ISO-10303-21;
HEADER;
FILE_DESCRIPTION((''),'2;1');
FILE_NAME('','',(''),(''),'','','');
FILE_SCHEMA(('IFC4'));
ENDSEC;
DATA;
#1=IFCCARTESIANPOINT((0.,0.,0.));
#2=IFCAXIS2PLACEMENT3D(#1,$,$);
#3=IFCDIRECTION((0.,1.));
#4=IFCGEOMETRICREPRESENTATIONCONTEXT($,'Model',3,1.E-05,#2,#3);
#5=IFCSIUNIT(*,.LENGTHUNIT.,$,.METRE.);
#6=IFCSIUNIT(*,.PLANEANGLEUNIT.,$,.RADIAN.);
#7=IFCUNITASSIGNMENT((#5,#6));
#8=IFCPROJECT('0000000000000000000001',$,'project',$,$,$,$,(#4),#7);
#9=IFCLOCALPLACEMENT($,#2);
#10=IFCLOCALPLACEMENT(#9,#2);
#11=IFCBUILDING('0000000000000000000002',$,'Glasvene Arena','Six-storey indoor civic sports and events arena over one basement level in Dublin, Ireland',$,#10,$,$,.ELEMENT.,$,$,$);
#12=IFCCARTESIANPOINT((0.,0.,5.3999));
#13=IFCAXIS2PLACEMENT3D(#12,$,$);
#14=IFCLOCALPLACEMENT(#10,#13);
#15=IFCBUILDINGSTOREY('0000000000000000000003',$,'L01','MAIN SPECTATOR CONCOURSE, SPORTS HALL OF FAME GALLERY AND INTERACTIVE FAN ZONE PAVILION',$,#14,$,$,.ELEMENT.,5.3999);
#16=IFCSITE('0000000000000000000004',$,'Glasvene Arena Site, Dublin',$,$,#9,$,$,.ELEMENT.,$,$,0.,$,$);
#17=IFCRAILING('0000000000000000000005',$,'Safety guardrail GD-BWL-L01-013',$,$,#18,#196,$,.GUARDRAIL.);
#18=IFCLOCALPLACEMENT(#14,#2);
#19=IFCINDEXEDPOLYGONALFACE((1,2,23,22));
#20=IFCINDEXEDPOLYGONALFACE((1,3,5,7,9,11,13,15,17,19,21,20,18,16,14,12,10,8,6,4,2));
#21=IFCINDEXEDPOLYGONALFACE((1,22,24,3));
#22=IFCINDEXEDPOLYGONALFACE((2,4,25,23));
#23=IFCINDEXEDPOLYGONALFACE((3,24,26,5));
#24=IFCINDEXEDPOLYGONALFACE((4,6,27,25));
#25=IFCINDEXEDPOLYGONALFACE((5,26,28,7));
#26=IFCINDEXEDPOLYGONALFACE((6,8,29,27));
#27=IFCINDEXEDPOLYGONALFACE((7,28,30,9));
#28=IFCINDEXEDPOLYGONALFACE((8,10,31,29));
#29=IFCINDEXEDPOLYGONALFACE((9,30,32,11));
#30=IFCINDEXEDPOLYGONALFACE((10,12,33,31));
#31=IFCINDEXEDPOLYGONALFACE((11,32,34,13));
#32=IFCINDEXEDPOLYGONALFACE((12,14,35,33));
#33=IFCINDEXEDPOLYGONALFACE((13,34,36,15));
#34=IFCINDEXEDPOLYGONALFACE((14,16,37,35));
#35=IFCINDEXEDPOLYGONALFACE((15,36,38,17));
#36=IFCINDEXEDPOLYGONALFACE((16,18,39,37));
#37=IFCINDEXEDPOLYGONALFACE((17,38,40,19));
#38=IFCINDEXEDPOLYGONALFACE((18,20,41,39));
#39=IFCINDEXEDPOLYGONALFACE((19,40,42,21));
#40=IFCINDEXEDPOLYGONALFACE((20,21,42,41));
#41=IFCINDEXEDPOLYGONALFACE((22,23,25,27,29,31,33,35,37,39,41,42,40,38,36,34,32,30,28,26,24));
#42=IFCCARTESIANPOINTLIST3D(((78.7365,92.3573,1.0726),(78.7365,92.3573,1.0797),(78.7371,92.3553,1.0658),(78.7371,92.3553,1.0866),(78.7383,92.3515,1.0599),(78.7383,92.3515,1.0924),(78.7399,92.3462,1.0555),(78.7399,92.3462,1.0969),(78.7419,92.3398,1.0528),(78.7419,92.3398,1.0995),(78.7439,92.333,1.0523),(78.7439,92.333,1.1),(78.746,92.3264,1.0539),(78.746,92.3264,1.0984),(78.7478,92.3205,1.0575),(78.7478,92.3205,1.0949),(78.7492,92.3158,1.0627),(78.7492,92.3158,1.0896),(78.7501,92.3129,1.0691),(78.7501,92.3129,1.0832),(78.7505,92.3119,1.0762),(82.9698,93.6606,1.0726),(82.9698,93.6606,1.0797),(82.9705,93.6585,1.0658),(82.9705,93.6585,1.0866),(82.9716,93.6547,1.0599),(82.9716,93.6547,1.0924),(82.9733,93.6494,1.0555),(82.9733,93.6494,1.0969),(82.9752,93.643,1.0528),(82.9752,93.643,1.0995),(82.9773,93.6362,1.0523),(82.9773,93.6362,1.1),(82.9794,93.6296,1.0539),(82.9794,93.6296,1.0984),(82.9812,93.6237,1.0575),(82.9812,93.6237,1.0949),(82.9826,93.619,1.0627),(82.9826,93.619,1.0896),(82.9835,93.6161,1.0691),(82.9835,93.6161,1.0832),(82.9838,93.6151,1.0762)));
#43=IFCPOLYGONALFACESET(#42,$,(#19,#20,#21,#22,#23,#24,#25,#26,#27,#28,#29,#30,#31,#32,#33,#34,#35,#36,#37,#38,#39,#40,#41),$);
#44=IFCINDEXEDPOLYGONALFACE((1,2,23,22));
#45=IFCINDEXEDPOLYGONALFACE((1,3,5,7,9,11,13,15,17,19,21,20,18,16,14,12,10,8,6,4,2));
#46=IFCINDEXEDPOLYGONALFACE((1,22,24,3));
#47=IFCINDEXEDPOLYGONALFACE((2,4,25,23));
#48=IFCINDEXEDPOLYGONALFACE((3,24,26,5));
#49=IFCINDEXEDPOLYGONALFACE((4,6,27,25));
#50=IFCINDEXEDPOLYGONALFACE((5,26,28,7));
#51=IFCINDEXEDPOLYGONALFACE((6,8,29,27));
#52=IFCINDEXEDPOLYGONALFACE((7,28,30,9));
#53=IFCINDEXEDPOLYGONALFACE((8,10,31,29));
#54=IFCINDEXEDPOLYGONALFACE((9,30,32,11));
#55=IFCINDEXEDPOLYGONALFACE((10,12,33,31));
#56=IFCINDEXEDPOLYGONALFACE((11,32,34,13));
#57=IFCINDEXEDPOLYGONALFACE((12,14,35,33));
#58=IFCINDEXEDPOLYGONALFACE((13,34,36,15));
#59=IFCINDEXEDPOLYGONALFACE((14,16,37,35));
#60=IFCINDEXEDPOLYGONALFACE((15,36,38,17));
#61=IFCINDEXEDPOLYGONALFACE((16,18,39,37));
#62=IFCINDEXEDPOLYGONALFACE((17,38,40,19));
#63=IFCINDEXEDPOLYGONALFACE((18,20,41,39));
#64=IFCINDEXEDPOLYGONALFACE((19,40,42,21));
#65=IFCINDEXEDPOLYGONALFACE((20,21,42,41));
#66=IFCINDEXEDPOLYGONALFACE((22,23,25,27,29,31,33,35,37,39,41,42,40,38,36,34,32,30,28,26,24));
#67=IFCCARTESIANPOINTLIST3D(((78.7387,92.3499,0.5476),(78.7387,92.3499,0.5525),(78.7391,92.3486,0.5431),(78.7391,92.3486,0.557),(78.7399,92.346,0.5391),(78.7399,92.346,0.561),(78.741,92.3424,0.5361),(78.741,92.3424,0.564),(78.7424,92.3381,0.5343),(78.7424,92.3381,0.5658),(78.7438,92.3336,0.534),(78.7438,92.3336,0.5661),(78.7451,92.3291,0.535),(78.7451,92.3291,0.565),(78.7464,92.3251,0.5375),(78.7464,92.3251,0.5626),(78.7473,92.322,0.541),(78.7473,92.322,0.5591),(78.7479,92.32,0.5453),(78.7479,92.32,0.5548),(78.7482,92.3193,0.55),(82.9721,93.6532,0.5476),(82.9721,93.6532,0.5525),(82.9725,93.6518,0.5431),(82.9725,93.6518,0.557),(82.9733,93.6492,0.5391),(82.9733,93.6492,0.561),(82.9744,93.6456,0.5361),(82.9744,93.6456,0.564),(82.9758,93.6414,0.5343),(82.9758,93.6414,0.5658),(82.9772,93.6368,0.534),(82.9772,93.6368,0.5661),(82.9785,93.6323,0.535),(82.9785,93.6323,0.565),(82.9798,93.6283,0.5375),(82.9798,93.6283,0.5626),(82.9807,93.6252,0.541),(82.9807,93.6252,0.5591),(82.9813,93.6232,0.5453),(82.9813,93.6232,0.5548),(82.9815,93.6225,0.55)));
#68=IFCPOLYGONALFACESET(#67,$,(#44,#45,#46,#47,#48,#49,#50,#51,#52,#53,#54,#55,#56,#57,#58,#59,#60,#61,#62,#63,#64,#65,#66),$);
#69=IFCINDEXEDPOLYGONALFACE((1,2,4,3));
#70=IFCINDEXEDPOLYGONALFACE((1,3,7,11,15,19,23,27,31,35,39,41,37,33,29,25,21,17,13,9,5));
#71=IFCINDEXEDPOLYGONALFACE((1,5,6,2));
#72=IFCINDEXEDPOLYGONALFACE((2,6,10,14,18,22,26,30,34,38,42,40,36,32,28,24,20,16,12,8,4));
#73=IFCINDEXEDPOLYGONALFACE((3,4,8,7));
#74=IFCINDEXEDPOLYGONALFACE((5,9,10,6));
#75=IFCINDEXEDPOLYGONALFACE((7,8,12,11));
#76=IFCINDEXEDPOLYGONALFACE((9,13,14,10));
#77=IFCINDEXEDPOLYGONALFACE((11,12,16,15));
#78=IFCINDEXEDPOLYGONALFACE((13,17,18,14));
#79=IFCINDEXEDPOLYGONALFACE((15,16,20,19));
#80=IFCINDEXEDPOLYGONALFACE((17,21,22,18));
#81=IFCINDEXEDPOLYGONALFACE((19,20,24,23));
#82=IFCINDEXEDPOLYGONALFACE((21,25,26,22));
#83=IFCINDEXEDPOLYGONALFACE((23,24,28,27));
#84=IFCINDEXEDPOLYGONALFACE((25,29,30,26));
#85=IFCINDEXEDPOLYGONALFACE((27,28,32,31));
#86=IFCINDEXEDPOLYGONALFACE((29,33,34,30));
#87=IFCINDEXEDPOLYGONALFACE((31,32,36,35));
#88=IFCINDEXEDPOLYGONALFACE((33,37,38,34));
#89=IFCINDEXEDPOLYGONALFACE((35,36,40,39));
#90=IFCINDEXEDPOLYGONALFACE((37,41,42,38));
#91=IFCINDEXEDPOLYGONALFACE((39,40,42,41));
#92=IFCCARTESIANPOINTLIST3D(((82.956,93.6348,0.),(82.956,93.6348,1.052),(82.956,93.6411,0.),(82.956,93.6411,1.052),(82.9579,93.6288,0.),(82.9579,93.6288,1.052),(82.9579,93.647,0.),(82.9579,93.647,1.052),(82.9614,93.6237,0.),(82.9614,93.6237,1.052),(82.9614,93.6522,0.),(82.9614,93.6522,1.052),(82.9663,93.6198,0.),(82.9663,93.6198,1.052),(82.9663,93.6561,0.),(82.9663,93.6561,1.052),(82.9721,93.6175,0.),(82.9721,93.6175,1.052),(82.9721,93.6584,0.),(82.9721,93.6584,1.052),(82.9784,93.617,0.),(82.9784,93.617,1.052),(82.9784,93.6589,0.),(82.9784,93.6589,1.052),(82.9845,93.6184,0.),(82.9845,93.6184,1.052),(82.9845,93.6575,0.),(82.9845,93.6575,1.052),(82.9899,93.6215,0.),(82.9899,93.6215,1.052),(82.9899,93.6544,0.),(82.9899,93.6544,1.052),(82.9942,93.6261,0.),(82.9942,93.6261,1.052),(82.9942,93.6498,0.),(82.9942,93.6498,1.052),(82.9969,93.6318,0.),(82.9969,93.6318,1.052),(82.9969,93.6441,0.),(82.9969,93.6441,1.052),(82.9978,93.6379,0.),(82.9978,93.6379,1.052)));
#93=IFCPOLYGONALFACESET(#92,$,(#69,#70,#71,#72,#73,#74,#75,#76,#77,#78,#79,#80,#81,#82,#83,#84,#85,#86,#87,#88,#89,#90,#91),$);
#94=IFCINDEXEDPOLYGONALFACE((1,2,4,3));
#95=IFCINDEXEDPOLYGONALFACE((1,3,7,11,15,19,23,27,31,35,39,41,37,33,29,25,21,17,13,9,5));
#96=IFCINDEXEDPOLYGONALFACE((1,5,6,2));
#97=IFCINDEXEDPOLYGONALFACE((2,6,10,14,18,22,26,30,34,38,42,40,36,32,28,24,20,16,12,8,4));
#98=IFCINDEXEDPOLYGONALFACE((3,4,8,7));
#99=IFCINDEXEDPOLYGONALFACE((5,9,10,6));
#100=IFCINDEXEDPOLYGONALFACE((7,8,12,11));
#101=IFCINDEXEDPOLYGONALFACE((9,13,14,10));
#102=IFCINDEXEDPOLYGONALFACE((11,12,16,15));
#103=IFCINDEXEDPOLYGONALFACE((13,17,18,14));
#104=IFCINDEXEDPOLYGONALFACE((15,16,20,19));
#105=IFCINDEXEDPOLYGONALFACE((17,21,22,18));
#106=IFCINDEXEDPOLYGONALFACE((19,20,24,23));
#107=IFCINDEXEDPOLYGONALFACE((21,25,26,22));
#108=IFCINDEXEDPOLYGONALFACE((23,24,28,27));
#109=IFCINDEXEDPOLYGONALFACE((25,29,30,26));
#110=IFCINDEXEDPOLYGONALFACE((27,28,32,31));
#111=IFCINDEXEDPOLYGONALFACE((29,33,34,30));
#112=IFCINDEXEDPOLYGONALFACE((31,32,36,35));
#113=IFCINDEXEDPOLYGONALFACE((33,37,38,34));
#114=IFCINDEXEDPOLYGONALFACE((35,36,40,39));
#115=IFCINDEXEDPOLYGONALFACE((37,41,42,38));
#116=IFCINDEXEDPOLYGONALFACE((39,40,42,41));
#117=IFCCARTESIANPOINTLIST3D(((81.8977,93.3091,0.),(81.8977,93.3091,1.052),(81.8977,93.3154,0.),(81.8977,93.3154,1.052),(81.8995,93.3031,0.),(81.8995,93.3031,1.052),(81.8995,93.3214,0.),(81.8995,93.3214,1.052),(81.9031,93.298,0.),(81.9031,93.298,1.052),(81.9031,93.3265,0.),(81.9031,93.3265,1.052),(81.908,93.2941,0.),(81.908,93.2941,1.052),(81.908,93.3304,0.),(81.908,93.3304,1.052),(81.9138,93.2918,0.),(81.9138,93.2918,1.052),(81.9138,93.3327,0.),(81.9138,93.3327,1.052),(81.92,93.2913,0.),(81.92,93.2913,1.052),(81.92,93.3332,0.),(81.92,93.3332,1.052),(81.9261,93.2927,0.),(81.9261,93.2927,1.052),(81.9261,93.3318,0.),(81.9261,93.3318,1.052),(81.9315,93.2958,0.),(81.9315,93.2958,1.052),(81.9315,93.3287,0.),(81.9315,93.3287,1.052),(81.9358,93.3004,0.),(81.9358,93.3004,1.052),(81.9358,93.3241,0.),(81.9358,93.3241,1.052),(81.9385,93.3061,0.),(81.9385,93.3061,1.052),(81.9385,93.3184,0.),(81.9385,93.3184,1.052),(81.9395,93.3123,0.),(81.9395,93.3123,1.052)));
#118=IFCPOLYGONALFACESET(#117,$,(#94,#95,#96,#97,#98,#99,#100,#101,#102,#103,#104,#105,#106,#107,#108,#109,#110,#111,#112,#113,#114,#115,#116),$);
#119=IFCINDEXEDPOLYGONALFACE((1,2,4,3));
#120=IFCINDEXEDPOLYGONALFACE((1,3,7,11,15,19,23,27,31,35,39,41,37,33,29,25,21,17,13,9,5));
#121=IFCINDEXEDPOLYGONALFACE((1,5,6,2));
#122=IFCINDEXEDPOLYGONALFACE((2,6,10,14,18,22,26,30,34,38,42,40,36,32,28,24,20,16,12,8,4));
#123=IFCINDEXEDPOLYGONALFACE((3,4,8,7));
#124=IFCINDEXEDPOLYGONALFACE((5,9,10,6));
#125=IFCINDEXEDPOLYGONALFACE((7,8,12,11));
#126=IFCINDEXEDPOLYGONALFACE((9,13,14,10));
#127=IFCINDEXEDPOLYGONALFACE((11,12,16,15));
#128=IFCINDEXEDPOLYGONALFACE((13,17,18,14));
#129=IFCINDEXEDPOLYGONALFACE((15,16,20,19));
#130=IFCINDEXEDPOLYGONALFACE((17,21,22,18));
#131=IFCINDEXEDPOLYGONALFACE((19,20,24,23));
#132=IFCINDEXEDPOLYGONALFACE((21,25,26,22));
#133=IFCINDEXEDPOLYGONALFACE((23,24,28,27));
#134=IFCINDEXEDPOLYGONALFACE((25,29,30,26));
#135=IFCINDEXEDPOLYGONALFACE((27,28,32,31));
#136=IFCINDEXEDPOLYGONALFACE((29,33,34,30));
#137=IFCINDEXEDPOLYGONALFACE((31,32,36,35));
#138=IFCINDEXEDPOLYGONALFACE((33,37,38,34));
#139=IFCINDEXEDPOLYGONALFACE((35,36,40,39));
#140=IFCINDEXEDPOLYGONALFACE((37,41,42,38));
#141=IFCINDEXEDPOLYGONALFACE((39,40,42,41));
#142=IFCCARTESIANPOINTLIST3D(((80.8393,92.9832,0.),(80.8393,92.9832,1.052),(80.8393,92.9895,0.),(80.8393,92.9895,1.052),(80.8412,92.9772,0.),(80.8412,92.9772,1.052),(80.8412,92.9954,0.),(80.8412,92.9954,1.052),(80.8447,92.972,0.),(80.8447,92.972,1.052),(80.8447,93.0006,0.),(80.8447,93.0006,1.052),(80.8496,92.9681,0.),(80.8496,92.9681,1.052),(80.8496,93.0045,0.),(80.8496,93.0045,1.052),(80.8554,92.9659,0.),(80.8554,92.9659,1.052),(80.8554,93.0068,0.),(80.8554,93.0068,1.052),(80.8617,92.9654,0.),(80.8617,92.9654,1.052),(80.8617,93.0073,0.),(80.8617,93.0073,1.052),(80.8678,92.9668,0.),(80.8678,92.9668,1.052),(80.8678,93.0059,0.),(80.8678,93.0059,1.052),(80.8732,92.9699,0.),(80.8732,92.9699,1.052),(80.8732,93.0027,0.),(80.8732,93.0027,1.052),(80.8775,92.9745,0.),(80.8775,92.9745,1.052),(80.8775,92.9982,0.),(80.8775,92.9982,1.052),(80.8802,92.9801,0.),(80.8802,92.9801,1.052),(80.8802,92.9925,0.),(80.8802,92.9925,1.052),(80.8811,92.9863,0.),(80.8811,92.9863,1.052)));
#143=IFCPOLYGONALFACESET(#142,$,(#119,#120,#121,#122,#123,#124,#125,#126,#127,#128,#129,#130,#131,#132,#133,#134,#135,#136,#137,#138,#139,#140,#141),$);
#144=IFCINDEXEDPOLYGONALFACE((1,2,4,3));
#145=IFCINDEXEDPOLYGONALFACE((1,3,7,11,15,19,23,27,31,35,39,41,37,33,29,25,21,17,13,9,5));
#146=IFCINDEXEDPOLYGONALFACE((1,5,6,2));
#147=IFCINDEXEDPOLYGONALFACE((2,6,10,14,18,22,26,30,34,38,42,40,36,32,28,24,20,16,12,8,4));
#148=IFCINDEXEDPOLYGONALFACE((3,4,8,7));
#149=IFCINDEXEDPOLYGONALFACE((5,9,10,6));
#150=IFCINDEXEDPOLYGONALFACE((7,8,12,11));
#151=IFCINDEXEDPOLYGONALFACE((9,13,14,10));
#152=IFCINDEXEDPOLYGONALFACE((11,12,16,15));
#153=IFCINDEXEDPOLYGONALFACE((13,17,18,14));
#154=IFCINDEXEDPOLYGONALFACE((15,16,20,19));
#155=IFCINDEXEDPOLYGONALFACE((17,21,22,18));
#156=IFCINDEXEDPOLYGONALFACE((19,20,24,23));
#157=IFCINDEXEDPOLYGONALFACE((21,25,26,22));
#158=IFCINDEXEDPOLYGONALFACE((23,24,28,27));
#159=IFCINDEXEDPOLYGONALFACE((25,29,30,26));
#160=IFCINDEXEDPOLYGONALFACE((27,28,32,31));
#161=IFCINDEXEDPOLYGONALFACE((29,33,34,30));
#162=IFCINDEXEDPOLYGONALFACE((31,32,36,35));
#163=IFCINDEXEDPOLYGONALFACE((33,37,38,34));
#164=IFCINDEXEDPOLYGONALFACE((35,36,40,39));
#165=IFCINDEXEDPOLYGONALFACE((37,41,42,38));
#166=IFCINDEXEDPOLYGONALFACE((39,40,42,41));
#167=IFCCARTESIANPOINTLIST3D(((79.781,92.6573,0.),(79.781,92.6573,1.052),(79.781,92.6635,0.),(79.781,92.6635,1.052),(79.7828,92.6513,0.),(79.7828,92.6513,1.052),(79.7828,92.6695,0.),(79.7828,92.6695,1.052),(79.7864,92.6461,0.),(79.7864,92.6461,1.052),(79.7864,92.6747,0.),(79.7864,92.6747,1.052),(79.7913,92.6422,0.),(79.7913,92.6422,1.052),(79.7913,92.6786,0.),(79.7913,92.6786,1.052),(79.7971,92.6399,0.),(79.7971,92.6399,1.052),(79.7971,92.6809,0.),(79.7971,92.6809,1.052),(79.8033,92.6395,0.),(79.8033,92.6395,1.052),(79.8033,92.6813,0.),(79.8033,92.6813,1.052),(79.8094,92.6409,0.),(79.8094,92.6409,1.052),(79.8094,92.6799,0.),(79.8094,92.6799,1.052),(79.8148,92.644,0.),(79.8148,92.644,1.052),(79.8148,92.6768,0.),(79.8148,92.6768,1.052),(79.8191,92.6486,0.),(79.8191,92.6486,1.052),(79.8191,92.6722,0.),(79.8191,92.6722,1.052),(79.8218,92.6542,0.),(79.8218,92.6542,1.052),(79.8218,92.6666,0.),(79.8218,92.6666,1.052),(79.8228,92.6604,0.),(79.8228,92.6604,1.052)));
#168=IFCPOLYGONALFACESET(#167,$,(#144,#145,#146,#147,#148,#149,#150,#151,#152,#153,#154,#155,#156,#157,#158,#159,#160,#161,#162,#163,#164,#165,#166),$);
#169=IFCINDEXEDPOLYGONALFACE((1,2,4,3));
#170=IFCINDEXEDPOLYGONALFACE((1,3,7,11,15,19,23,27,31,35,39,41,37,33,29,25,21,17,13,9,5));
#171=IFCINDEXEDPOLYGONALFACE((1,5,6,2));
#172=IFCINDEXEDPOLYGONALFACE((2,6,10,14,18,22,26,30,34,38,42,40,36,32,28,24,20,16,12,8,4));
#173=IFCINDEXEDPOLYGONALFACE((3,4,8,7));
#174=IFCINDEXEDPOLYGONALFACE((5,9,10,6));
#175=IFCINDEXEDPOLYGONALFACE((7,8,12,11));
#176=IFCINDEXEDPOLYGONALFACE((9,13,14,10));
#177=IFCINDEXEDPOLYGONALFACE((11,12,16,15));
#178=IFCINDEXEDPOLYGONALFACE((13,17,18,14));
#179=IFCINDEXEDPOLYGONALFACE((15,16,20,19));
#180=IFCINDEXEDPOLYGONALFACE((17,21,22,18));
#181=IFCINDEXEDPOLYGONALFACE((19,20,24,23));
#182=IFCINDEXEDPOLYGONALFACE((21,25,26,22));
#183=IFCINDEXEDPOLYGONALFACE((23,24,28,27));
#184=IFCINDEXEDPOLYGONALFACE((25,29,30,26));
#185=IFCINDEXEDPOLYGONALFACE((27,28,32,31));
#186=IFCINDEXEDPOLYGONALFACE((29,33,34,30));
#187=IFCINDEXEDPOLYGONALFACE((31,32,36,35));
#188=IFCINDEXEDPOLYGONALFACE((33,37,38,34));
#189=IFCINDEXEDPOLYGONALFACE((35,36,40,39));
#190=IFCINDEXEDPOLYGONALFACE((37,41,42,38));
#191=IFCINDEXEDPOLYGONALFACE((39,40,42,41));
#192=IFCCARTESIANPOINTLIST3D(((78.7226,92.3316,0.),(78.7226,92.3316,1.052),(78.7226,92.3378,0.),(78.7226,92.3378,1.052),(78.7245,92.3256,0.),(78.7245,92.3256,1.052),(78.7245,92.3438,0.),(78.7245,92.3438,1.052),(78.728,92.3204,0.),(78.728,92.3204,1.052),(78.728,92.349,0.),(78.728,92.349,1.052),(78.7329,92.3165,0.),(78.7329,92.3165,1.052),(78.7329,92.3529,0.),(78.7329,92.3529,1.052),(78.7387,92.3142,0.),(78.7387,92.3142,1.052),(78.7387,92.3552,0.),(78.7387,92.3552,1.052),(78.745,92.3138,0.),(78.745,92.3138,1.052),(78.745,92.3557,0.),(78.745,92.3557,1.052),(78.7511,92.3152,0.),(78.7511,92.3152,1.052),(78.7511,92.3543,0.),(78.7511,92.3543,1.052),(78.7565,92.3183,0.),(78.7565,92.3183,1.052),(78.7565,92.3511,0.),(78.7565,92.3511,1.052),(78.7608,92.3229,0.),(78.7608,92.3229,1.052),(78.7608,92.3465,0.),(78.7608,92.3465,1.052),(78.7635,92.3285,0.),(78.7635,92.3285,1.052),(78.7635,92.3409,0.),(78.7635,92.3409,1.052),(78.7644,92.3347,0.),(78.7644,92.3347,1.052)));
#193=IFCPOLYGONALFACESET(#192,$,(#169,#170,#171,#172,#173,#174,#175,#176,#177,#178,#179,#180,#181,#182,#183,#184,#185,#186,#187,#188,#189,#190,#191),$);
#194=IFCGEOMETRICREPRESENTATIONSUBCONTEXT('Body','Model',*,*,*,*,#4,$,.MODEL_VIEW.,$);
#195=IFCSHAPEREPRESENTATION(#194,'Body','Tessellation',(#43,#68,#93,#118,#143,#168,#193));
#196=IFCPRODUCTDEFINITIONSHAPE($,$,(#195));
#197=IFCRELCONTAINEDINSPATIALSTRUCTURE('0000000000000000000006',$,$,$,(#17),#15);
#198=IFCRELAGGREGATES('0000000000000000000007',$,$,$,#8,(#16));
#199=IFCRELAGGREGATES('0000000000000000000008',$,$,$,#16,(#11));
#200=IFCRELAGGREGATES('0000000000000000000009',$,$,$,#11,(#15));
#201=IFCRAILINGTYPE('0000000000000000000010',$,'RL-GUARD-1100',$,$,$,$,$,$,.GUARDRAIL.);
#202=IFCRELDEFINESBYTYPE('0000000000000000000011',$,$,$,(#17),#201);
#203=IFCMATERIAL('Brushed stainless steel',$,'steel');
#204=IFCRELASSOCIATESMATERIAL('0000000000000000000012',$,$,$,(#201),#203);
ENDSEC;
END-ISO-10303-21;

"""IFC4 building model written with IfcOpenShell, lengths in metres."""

from ifc_helpers import new_model, si_unit, direction, frame, origin, origin_2d, place, context, subcontext, project, spatial, circle, extrude, material, type_object, element, save


model = new_model("IFC4")

# Units and contexts
model_context = context("Model", 3, precision=1e-05, world=origin(), true_north=direction((0.0, 1.0)))
body_context = subcontext(model_context, "Body", "Model", "MODEL_VIEW")
ifc_project = project(units=[si_unit("LENGTHUNIT", "METRE"), si_unit("PLANEANGLEUNIT", "RADIAN")], contexts=[model_context])

# Site, building, storey
site_placement = place(None, origin())
site = spatial("IfcSite", under=ifc_project, at=site_placement, Name="Glasvene Arena Site, Dublin", CompositionType="ELEMENT", RefElevation=0.0)
building_placement = place(site_placement, origin())
building = spatial("IfcBuilding", under=site, at=building_placement, Name="Glasvene Arena", Description="Six-storey indoor civic sports and events arena over one basement level in Dublin, Ireland", CompositionType="ELEMENT")
storey_placement = place(building_placement, frame((0.0, 0.0, 5.3999)))
storey = spatial("IfcBuildingStorey", under=building, at=storey_placement, Name="L01", Description="MAIN SPECTATOR CONCOURSE, SPORTS HALL OF FAME GALLERY AND INTERACTIVE FAN ZONE PAVILION", CompositionType="ELEMENT", Elevation=5.3999)

# Railing
ifc_material_1 = material(Name="Brushed stainless steel", Category="steel")
railing_type = type_object("IfcRailingType", Name="RL-GUARD-1100", PredefinedType="GUARDRAIL", material=ifc_material_1)
railing_1_placement = place(storey_placement, frame((82.9768, 93.6379, 0.0)))
element("IfcRailing", 1, at=railing_1_placement, inside=storey, type_object=railing_type, Name="Safety guardrail GD-BWL-L01-013", PredefinedType="GUARDRAIL", context=body_context, shape_type="SweptSolid", body=[
    extrude(circle(Radius=0.0239, at=origin_2d()), frame((0.0, 0.0, 1.0762), z_axis=(-0.955738, -0.294218, 0.0), x_axis=(0.294218, -0.955738, 0.0)), (0.0, 0.0, 1.0), 4.4294),
    extrude(circle(Radius=0.0161, at=origin_2d()), frame((0.0, 0.0, 0.55), z_axis=(-0.955738, -0.294218, 0.0), x_axis=(0.294218, -0.955738, 0.0)), (0.0, 0.0, 1.0), 4.4294),
    extrude(circle(Radius=0.021, at=origin_2d()), origin(), (0.0, 0.0, 1.0), 1.052),
    extrude(circle(Radius=0.021, at=origin_2d()), frame((-1.0583, -0.3257, 0.0)), (0.0, 0.0, 1.0), 1.052),
    extrude(circle(Radius=0.021, at=origin_2d()), frame((-2.1167, -0.6516, 0.0)), (0.0, 0.0, 1.0), 1.052),
    extrude(circle(Radius=0.021, at=origin_2d()), frame((-3.175, -0.9775, 0.0)), (0.0, 0.0, 1.0), 1.052),
    extrude(circle(Radius=0.021, at=origin_2d()), frame((-4.2334, -1.3032, 0.0)), (0.0, 0.0, 1.0), 1.052),
])

save(model, "model.ifc")
